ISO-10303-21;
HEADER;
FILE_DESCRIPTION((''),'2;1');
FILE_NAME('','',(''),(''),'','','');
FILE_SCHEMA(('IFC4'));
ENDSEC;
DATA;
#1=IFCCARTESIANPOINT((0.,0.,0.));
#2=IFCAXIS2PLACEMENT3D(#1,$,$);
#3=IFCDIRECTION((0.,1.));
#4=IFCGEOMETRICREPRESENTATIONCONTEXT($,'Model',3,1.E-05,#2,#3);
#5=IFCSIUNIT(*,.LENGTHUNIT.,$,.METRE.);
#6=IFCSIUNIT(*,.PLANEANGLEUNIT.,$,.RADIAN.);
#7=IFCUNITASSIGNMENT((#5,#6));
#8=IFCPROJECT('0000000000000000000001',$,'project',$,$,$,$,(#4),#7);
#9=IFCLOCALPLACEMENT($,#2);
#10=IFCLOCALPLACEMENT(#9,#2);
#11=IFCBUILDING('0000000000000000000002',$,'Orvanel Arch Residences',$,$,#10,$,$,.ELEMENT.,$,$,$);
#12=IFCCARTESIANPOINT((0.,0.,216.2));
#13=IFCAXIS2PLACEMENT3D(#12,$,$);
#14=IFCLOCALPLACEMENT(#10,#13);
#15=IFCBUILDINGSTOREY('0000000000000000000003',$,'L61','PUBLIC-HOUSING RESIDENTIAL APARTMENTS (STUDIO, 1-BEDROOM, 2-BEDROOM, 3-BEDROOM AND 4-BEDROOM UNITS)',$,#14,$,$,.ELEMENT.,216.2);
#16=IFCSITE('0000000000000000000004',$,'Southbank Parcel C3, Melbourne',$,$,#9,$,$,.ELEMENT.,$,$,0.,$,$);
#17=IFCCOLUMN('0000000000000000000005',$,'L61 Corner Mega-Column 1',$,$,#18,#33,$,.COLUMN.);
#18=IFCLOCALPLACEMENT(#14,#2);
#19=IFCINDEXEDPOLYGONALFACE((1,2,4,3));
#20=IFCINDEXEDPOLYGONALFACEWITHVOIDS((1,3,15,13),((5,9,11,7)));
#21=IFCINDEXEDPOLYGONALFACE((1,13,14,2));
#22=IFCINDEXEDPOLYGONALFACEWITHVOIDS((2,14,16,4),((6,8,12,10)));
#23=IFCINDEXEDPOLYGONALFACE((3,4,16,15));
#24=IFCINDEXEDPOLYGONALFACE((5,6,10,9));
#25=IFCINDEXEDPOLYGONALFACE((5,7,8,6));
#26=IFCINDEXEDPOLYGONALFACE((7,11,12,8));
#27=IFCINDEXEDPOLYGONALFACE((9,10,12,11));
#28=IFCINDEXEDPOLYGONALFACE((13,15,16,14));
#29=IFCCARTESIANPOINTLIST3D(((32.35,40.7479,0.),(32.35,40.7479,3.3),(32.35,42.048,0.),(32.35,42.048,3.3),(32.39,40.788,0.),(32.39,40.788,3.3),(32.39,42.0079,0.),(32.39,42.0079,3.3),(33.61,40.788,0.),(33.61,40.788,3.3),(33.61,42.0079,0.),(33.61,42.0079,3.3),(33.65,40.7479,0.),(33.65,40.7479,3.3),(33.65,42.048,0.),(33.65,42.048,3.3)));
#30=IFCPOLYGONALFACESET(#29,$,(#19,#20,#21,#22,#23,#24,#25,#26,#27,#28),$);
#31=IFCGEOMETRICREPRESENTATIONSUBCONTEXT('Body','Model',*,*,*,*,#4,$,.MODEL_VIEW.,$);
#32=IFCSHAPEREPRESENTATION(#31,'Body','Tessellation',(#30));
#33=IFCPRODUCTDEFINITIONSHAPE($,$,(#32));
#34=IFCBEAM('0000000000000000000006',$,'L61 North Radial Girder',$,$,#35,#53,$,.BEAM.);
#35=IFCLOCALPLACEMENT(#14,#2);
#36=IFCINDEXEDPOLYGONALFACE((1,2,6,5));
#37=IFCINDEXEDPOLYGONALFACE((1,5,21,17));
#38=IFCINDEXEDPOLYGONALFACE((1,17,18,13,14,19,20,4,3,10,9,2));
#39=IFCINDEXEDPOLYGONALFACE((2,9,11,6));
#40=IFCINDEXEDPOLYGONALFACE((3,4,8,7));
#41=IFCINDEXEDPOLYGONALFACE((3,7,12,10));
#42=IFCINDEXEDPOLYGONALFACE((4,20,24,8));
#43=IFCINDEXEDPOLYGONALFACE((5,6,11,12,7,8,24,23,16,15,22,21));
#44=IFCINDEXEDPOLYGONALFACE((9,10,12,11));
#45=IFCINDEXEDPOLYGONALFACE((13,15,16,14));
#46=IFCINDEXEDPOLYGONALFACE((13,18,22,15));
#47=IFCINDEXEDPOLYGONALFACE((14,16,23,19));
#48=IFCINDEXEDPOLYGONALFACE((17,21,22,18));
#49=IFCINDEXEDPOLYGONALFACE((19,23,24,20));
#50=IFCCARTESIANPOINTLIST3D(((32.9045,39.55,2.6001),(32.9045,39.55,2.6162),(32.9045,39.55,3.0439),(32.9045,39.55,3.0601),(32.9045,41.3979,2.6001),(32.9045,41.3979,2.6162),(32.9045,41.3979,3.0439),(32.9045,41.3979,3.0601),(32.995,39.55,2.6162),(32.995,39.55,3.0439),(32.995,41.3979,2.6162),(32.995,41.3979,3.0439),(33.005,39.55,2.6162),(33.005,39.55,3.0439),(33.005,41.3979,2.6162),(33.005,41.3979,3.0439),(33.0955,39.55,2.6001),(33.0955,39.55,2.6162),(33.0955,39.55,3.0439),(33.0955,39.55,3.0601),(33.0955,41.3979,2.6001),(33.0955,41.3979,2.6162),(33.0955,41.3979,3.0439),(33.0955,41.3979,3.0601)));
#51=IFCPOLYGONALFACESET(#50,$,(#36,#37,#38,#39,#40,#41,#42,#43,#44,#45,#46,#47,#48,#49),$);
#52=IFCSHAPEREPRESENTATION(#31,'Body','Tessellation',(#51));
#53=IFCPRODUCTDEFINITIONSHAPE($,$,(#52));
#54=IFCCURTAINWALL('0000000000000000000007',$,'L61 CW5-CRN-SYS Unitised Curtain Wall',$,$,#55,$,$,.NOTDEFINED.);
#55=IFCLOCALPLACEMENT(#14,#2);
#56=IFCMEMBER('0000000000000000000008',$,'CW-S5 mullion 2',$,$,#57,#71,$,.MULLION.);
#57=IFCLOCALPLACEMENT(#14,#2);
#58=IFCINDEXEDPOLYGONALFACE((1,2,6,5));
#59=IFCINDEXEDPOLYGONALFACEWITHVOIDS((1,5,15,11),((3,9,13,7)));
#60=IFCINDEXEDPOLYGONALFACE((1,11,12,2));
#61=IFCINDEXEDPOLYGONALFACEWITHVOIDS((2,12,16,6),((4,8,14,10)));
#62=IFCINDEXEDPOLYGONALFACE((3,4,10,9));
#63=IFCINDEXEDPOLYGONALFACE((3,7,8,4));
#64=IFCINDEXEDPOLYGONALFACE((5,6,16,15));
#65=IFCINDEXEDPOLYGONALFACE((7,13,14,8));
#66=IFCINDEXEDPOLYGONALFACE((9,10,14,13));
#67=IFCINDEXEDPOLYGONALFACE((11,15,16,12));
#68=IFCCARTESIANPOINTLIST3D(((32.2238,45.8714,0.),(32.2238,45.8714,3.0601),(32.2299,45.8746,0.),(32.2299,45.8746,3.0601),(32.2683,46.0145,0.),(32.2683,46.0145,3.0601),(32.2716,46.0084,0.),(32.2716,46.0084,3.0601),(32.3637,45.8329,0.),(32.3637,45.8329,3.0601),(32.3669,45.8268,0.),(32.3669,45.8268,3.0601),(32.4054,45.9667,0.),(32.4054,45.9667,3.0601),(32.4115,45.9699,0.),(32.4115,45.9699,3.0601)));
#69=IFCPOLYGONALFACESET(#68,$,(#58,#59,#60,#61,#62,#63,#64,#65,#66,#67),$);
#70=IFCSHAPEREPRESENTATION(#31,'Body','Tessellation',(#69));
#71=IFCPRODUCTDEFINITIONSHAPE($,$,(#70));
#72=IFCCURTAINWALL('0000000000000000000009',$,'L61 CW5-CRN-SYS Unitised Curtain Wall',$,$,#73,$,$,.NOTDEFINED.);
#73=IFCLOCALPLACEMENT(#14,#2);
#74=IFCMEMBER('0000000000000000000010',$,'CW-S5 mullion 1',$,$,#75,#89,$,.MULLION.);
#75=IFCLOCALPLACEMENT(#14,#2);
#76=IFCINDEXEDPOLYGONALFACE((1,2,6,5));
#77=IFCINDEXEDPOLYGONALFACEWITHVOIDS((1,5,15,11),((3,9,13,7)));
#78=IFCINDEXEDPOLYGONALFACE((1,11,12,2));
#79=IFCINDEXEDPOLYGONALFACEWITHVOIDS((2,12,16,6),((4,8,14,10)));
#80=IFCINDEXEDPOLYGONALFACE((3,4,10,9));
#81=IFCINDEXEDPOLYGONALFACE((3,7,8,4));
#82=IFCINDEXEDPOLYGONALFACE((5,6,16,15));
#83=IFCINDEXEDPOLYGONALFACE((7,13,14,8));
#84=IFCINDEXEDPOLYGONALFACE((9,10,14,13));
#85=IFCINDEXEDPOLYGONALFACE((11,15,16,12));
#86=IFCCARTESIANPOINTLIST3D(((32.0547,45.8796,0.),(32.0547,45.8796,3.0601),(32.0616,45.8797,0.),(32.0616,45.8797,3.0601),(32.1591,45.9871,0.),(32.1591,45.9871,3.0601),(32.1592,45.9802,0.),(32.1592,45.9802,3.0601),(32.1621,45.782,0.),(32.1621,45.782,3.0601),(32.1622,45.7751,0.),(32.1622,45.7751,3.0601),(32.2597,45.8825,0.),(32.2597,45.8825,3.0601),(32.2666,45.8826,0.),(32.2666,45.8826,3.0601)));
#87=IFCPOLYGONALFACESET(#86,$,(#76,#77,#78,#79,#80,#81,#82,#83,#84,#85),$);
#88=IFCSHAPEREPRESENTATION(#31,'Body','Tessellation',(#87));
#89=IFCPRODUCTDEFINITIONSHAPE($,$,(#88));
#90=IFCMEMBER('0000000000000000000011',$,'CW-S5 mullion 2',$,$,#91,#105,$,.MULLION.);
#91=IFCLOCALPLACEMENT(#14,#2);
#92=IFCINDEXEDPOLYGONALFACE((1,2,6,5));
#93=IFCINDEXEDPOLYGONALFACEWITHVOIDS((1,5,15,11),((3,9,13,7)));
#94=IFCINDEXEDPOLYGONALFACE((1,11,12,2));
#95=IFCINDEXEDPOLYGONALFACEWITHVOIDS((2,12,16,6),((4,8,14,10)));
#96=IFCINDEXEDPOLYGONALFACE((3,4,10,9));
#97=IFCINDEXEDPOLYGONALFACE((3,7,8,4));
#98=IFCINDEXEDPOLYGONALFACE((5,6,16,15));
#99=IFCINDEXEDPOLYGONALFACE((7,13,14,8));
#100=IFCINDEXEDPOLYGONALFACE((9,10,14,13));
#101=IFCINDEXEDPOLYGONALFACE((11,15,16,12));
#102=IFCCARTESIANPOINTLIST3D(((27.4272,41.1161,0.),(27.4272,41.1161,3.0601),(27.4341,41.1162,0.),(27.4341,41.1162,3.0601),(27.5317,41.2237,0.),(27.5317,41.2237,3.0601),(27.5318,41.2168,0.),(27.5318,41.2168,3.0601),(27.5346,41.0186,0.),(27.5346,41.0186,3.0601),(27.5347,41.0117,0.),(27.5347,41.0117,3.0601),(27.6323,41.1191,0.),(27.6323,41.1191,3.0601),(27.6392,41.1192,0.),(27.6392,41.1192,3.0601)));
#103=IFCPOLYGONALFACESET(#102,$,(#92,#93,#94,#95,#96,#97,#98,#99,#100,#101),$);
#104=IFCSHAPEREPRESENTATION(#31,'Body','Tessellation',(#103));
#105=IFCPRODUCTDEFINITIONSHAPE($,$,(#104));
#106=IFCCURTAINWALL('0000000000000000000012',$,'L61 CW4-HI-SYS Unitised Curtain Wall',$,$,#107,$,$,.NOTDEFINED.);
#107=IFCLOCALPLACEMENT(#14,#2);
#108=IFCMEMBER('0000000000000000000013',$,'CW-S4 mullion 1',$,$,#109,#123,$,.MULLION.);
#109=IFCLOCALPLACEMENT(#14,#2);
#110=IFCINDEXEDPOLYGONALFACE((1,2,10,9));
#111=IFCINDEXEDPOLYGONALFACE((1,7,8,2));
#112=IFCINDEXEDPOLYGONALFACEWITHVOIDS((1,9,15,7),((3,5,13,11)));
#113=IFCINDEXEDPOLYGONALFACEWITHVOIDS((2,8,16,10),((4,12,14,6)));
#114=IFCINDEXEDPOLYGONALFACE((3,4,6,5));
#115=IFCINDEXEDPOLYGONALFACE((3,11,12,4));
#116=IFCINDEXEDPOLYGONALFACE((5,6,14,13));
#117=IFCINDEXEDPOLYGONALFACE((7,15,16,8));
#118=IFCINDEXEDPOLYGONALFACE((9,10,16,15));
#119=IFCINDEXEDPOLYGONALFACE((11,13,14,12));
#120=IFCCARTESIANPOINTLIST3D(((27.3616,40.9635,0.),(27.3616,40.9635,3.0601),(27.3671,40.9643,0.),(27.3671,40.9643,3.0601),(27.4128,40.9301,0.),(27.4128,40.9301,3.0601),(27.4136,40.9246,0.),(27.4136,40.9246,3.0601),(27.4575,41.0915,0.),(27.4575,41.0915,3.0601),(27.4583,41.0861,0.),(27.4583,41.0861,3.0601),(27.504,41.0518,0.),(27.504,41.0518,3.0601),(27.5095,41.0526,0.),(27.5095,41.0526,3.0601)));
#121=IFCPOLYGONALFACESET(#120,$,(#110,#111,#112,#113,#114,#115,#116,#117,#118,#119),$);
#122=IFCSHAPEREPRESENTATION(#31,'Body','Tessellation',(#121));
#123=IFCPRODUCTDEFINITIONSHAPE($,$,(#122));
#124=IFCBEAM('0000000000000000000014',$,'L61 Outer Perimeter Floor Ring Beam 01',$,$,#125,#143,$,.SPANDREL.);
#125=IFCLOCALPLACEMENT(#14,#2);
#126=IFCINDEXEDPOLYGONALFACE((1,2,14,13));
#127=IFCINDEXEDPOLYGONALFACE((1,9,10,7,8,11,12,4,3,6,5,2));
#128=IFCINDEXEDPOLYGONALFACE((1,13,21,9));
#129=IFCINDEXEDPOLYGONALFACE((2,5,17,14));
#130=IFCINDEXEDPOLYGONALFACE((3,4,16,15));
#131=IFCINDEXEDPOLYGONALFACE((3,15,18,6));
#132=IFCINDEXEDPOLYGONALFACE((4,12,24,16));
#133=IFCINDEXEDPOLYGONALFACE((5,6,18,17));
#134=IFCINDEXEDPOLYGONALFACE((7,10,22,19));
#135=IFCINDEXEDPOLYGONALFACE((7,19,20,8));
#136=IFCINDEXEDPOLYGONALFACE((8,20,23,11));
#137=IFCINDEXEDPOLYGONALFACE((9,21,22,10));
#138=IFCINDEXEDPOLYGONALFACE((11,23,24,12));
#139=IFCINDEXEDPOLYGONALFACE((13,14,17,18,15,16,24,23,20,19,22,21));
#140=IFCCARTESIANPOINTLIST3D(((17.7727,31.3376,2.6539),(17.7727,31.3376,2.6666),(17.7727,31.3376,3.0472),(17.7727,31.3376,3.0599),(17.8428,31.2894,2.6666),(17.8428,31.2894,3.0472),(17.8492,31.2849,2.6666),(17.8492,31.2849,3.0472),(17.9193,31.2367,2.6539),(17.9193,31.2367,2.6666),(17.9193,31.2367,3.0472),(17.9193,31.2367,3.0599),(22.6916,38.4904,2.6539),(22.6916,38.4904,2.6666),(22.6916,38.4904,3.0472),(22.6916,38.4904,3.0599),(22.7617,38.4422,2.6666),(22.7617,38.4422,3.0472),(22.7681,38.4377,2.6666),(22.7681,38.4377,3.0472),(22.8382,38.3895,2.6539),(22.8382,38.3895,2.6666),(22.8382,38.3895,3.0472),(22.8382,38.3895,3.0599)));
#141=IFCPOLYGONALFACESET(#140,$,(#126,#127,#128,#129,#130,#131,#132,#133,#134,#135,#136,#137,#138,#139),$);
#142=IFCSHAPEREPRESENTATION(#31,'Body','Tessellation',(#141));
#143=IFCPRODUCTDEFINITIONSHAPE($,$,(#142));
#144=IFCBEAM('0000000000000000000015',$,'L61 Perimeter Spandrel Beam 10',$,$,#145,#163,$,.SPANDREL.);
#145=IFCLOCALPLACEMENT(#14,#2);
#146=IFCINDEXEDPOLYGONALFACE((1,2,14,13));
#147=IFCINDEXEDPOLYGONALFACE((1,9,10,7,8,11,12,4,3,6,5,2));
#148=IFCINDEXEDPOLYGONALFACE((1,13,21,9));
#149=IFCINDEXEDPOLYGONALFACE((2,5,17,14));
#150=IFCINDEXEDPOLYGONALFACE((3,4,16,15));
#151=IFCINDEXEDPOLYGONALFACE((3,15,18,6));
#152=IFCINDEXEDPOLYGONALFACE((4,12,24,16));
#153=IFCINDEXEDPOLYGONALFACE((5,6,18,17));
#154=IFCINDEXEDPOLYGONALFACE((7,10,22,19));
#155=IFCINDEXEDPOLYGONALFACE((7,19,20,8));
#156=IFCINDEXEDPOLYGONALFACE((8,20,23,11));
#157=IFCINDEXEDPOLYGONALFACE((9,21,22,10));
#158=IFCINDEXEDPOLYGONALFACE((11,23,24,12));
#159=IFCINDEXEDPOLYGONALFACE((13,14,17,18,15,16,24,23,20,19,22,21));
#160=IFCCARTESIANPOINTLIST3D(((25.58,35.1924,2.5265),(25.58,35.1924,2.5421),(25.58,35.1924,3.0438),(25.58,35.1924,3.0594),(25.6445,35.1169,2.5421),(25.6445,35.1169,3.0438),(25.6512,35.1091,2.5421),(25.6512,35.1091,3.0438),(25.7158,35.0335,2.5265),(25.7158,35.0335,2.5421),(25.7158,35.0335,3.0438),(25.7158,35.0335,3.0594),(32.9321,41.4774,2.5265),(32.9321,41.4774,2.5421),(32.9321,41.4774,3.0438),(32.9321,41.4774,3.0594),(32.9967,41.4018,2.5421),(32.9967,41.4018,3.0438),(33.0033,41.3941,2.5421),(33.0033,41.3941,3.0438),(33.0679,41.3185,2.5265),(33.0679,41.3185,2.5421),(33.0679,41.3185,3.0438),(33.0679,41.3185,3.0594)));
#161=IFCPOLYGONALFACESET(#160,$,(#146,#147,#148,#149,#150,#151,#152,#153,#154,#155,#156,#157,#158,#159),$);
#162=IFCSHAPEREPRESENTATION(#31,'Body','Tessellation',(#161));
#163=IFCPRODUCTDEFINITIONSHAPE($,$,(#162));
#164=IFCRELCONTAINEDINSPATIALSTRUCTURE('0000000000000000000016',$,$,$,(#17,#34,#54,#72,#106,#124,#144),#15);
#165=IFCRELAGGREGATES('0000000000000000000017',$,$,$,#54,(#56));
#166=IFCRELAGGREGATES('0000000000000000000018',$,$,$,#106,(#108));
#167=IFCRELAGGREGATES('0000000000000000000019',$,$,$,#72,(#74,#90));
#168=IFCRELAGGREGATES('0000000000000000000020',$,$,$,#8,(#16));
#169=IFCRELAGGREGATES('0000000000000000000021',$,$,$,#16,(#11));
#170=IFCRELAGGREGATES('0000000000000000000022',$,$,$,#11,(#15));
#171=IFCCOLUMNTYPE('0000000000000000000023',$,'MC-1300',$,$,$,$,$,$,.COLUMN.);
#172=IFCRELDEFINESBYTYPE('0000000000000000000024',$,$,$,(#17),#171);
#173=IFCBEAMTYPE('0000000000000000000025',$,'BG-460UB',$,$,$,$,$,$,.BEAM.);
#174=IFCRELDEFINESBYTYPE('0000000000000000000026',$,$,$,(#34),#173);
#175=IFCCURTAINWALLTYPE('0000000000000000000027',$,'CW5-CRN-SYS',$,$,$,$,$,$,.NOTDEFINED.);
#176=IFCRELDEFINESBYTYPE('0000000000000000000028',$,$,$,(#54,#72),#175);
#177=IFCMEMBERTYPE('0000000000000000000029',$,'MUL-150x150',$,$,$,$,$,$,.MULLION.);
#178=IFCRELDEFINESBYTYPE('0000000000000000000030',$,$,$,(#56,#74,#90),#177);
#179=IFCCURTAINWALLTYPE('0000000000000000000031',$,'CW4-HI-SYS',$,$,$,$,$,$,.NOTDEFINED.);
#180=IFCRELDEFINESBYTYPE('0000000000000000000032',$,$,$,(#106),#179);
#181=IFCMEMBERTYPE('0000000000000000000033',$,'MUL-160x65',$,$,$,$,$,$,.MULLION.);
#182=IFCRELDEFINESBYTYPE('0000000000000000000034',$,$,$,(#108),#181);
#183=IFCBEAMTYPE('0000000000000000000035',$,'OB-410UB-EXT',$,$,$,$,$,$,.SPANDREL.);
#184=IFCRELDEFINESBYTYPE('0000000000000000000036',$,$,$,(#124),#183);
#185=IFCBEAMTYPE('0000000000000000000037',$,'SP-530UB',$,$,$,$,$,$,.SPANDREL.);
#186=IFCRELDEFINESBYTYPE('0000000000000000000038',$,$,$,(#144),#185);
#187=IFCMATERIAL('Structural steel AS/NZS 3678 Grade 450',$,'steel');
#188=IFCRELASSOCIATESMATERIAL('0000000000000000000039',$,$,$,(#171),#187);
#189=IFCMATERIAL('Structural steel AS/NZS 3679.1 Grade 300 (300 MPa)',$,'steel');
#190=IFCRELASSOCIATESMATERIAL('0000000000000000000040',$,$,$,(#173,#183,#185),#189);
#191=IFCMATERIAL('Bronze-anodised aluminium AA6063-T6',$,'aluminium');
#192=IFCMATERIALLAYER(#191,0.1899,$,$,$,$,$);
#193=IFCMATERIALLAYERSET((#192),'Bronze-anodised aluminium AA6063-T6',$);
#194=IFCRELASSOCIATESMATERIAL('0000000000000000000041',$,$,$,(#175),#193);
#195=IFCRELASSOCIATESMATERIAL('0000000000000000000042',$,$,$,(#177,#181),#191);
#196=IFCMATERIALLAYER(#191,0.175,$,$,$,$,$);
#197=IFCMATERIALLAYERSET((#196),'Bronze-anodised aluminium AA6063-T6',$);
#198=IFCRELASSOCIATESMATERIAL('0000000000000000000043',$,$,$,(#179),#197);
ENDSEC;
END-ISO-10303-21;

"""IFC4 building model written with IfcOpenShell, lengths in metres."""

from ifc_helpers import new_model, si_unit, direction, frame, origin, origin_2d, place, context, subcontext, project, spatial, hollow_rectangle, i_section, extrude, material, layer, layer_set, material_profile, profile_set, type_object, element, aggregate, save


model = new_model("IFC4")

# Units and contexts
model_context = context("Model", 3, precision=1e-05, world=origin(), true_north=direction((0.0, 1.0)))
body_context = subcontext(model_context, "Body", "Model", "MODEL_VIEW")
ifc_project = project(units=[si_unit("LENGTHUNIT", "METRE"), si_unit("PLANEANGLEUNIT", "RADIAN")], contexts=[model_context])

# Site, building, storey
site_placement = place(None, origin())
site = spatial("IfcSite", under=ifc_project, at=site_placement, Name="Southbank Parcel C3, Melbourne", CompositionType="ELEMENT", RefElevation=0.0)
building_placement = place(site_placement, origin())
building = spatial("IfcBuilding", under=site, at=building_placement, Name="Orvanel Arch Residences", CompositionType="ELEMENT")
storey_placement = place(building_placement, frame((0.0, 0.0, 216.2)))
storey = spatial("IfcBuildingStorey", under=building, at=storey_placement, Name="L61", Description="PUBLIC-HOUSING RESIDENTIAL APARTMENTS (STUDIO, 1-BEDROOM, 2-BEDROOM, 3-BEDROOM AND 4-BEDROOM UNITS)", CompositionType="ELEMENT", Elevation=216.2)

# Column
ifc_material_1 = material(Name="Structural steel AS/NZS 3678 Grade 450", Category="steel")
ifc_material_profile_1 = material_profile(ifc_material_1, hollow_rectangle(XDim=1.3, YDim=1.3, WallThickness=0.04, at=origin_2d()), Name="BOX1300x1300x40")
ifc_profile_set_1 = profile_set([ifc_material_profile_1], Name="Structural steel AS/NZS 3678 Grade 450")
column_type = type_object("IfcColumnType", Name="MC-1300", PredefinedType="COLUMN", material=ifc_profile_set_1)
column_placement = place(storey_placement, frame((33.0, 41.3979, 0.0), z_axis=(0.0, 0.0, 1.0), x_axis=(1.0, 0.0, 0.0)))
element("IfcColumn", 1, at=column_placement, inside=storey, type_object=column_type, Name="L61 Corner Mega-Column 1", PredefinedType="COLUMN", context=body_context, shape_type="SweptSolid", body=[
    extrude(hollow_rectangle(XDim=1.3, YDim=1.3, WallThickness=0.04, at=origin_2d()), origin(), (0.0, 0.0, 1.0), 3.3),
])

# Beam
ifc_material_2 = material(Name="Structural steel AS/NZS 3679.1 Grade 300 (300 MPa)", Category="steel")
ifc_material_profile_2 = material_profile(ifc_material_2, i_section(OverallWidth=0.1909, OverallDepth=0.46, WebThickness=0.01, FlangeThickness=0.0161, at=origin_2d()), Name="460UB82.1")
ifc_profile_set_2 = profile_set([ifc_material_profile_2], Name="Structural steel AS/NZS 3679.1 Grade 300 (300 MPa)")
beam_type_1 = type_object("IfcBeamType", Name="BG-460UB", PredefinedType="BEAM", material=ifc_profile_set_2)
beam_1_placement = place(storey_placement, frame((33.0, 39.55, 2.8301), z_axis=(0.0, 1.0, 0.0), x_axis=(-1.0, 0.0, 0.0)))
element("IfcBeam", 2, at=beam_1_placement, inside=storey, type_object=beam_type_1, Name="L61 North Radial Girder", PredefinedType="BEAM", context=body_context, shape_type="SweptSolid", body=[
    extrude(i_section(OverallWidth=0.1909, OverallDepth=0.46, WebThickness=0.01, FlangeThickness=0.0161, at=origin_2d()), origin(), (0.0, 0.0, 1.0), 1.8479),
])

# Curtain wall, member
ifc_material_3 = material(Name="Bronze-anodised aluminium AA6063-T6", Category="aluminium")
ifc_layer_1 = layer(ifc_material_3, 0.1899)
ifc_layer_set_1 = layer_set([ifc_layer_1], Name="Bronze-anodised aluminium AA6063-T6")
curtain_wall_type_1 = type_object("IfcCurtainWallType", Name="CW5-CRN-SYS", PredefinedType="NOTDEFINED", material=ifc_layer_set_1)
curtain_wall_1_placement = place(storey_placement, origin())
curtain_wall_1 = element("IfcCurtainWall", 3, at=curtain_wall_1_placement, inside=storey, type_object=curtain_wall_type_1, Name="L61 CW5-CRN-SYS Unitised Curtain Wall", PredefinedType="NOTDEFINED")
ifc_material_profile_3 = material_profile(ifc_material_3, hollow_rectangle(XDim=0.1499, YDim=0.1499, WallThickness=0.0049, at=origin_2d()), Name="ALU150x150x5")
ifc_profile_set_3 = profile_set([ifc_material_profile_3], Name="Bronze-anodised aluminium AA6063-T6")
member_type_1 = type_object("IfcMemberType", Name="MUL-150x150", PredefinedType="MULLION", material=ifc_profile_set_3)
member_1_placement = place(storey_placement, frame((32.3176, 45.9207, 0.0), z_axis=(0.0, 0.0, 1.0), x_axis=(-0.297225, -0.954808, 0.0)))
member_1 = element("IfcMember", 4, at=member_1_placement, type_object=member_type_1, Name="CW-S5 mullion 2", PredefinedType="MULLION", context=body_context, shape_type="SweptSolid", body=[
    extrude(hollow_rectangle(XDim=0.1499, YDim=0.1499, WallThickness=0.0049, at=origin_2d()), origin(), (0.0, 0.0, 1.0), 3.0601),
])
aggregate(curtain_wall_1, [member_1])

# Curtain wall, members
curtain_wall_2_placement = place(storey_placement, origin())
curtain_wall_2 = element("IfcCurtainWall", 5, at=curtain_wall_2_placement, inside=storey, type_object=curtain_wall_type_1, Name="L61 CW5-CRN-SYS Unitised Curtain Wall", PredefinedType="NOTDEFINED")
member_2_placement = place(storey_placement, frame((32.1606, 45.8811, 0.0), z_axis=(0.0, 0.0, 1.0), x_axis=(0.717267, -0.696799, 0.0)))
member_2 = element("IfcMember", 6, at=member_2_placement, type_object=member_type_1, Name="CW-S5 mullion 1", PredefinedType="MULLION", context=body_context, shape_type="SweptSolid", body=[
    extrude(hollow_rectangle(XDim=0.1499, YDim=0.1499, WallThickness=0.0049, at=origin_2d()), origin(), (0.0, 0.0, 1.0), 3.0601),
])
member_3_placement = place(storey_placement, frame((27.5332, 41.1177, 0.0), z_axis=(0.0, 0.0, 1.0), x_axis=(0.717267, -0.696799, 0.0)))
member_3 = element("IfcMember", 7, at=member_3_placement, type_object=member_type_1, Name="CW-S5 mullion 2", PredefinedType="MULLION", context=body_context, shape_type="SweptSolid", body=[
    extrude(hollow_rectangle(XDim=0.1499, YDim=0.1499, WallThickness=0.0049, at=origin_2d()), origin(), (0.0, 0.0, 1.0), 3.0601),
])

# Curtain wall, member
ifc_layer_2 = layer(ifc_material_3, 0.175)
ifc_layer_set_2 = layer_set([ifc_layer_2], Name="Bronze-anodised aluminium AA6063-T6")
curtain_wall_type_2 = type_object("IfcCurtainWallType", Name="CW4-HI-SYS", PredefinedType="NOTDEFINED", material=ifc_layer_set_2)
curtain_wall_3_placement = place(storey_placement, origin())
curtain_wall_3 = element("IfcCurtainWall", 8, at=curtain_wall_3_placement, inside=storey, type_object=curtain_wall_type_2, Name="L61 CW4-HI-SYS Unitised Curtain Wall", PredefinedType="NOTDEFINED")
ifc_material_profile_4 = material_profile(ifc_material_3, hollow_rectangle(XDim=0.0649, YDim=0.1599, WallThickness=0.0039, at=origin_2d()), Name="ALU160x65x4")
ifc_profile_set_4 = profile_set([ifc_material_profile_4], Name="Bronze-anodised aluminium AA6063-T6")
member_type_2 = type_object("IfcMemberType", Name="MUL-160x65", PredefinedType="MULLION", material=ifc_profile_set_4)
member_4_placement = place(storey_placement, frame((27.4355, 41.0081, 0.0), z_axis=(0.0, 0.0, 1.0), x_axis=(0.800476, -0.599364, 0.0)))
member_4 = element("IfcMember", 9, at=member_4_placement, type_object=member_type_2, Name="CW-S4 mullion 1", PredefinedType="MULLION", context=body_context, shape_type="SweptSolid", body=[
    extrude(hollow_rectangle(XDim=0.0649, YDim=0.1599, WallThickness=0.0039, at=origin_2d()), origin(), (0.0, 0.0, 1.0), 3.0601),
])

# Beams
ifc_material_profile_5 = material_profile(ifc_material_2, i_section(OverallWidth=0.178, OverallDepth=0.406, WebThickness=0.0078, FlangeThickness=0.0127, at=origin_2d()), Name="410UB59.7")
ifc_profile_set_5 = profile_set([ifc_material_profile_5], Name="Structural steel AS/NZS 3679.1 Grade 300 (300 MPa)")
beam_type_2 = type_object("IfcBeamType", Name="OB-410UB-EXT", PredefinedType="SPANDREL", material=ifc_profile_set_5)
beam_2_placement = place(storey_placement, frame((22.7649, 38.4399, 2.8569), z_axis=(-0.566636, -0.823968, 0.0), x_axis=(0.823968, -0.566636, 0.0)))
element("IfcBeam", 10, at=beam_2_placement, inside=storey, type_object=beam_type_2, Name="L61 Outer Perimeter Floor Ring Beam 01", PredefinedType="SPANDREL", context=body_context, shape_type="SweptSolid", body=[
    extrude(i_section(OverallWidth=0.178, OverallDepth=0.406, WebThickness=0.0078, FlangeThickness=0.0127, at=origin_2d()), origin(), (0.0, 0.0, 1.0), 8.6809),
])
ifc_material_profile_6 = material_profile(ifc_material_2, i_section(OverallWidth=0.209, OverallDepth=0.533, WebThickness=0.0103, FlangeThickness=0.0156, at=origin_2d()), Name="530UB92.4")
ifc_profile_set_6 = profile_set([ifc_material_profile_6], Name="Structural steel AS/NZS 3679.1 Grade 300 (300 MPa)")
beam_type_3 = type_object("IfcBeamType", Name="SP-530UB", PredefinedType="SPANDREL", material=ifc_profile_set_6)
beam_3_placement = place(storey_placement, frame((33.0, 41.3979, 2.793), z_axis=(-0.760117, -0.649787, 0.0), x_axis=(0.649787, -0.760117, 0.0)))
element("IfcBeam", 11, at=beam_3_placement, inside=storey, type_object=beam_type_3, Name="L61 Perimeter Spandrel Beam 10", PredefinedType="SPANDREL", context=body_context, shape_type="SweptSolid", body=[
    extrude(i_section(OverallWidth=0.209, OverallDepth=0.533, WebThickness=0.0103, FlangeThickness=0.0156, at=origin_2d()), origin(), (0.0, 0.0, 1.0), 9.6724),
])

aggregate(curtain_wall_3, [member_4])
aggregate(curtain_wall_2, [member_2, member_3])

save(model, "model.ifc")
